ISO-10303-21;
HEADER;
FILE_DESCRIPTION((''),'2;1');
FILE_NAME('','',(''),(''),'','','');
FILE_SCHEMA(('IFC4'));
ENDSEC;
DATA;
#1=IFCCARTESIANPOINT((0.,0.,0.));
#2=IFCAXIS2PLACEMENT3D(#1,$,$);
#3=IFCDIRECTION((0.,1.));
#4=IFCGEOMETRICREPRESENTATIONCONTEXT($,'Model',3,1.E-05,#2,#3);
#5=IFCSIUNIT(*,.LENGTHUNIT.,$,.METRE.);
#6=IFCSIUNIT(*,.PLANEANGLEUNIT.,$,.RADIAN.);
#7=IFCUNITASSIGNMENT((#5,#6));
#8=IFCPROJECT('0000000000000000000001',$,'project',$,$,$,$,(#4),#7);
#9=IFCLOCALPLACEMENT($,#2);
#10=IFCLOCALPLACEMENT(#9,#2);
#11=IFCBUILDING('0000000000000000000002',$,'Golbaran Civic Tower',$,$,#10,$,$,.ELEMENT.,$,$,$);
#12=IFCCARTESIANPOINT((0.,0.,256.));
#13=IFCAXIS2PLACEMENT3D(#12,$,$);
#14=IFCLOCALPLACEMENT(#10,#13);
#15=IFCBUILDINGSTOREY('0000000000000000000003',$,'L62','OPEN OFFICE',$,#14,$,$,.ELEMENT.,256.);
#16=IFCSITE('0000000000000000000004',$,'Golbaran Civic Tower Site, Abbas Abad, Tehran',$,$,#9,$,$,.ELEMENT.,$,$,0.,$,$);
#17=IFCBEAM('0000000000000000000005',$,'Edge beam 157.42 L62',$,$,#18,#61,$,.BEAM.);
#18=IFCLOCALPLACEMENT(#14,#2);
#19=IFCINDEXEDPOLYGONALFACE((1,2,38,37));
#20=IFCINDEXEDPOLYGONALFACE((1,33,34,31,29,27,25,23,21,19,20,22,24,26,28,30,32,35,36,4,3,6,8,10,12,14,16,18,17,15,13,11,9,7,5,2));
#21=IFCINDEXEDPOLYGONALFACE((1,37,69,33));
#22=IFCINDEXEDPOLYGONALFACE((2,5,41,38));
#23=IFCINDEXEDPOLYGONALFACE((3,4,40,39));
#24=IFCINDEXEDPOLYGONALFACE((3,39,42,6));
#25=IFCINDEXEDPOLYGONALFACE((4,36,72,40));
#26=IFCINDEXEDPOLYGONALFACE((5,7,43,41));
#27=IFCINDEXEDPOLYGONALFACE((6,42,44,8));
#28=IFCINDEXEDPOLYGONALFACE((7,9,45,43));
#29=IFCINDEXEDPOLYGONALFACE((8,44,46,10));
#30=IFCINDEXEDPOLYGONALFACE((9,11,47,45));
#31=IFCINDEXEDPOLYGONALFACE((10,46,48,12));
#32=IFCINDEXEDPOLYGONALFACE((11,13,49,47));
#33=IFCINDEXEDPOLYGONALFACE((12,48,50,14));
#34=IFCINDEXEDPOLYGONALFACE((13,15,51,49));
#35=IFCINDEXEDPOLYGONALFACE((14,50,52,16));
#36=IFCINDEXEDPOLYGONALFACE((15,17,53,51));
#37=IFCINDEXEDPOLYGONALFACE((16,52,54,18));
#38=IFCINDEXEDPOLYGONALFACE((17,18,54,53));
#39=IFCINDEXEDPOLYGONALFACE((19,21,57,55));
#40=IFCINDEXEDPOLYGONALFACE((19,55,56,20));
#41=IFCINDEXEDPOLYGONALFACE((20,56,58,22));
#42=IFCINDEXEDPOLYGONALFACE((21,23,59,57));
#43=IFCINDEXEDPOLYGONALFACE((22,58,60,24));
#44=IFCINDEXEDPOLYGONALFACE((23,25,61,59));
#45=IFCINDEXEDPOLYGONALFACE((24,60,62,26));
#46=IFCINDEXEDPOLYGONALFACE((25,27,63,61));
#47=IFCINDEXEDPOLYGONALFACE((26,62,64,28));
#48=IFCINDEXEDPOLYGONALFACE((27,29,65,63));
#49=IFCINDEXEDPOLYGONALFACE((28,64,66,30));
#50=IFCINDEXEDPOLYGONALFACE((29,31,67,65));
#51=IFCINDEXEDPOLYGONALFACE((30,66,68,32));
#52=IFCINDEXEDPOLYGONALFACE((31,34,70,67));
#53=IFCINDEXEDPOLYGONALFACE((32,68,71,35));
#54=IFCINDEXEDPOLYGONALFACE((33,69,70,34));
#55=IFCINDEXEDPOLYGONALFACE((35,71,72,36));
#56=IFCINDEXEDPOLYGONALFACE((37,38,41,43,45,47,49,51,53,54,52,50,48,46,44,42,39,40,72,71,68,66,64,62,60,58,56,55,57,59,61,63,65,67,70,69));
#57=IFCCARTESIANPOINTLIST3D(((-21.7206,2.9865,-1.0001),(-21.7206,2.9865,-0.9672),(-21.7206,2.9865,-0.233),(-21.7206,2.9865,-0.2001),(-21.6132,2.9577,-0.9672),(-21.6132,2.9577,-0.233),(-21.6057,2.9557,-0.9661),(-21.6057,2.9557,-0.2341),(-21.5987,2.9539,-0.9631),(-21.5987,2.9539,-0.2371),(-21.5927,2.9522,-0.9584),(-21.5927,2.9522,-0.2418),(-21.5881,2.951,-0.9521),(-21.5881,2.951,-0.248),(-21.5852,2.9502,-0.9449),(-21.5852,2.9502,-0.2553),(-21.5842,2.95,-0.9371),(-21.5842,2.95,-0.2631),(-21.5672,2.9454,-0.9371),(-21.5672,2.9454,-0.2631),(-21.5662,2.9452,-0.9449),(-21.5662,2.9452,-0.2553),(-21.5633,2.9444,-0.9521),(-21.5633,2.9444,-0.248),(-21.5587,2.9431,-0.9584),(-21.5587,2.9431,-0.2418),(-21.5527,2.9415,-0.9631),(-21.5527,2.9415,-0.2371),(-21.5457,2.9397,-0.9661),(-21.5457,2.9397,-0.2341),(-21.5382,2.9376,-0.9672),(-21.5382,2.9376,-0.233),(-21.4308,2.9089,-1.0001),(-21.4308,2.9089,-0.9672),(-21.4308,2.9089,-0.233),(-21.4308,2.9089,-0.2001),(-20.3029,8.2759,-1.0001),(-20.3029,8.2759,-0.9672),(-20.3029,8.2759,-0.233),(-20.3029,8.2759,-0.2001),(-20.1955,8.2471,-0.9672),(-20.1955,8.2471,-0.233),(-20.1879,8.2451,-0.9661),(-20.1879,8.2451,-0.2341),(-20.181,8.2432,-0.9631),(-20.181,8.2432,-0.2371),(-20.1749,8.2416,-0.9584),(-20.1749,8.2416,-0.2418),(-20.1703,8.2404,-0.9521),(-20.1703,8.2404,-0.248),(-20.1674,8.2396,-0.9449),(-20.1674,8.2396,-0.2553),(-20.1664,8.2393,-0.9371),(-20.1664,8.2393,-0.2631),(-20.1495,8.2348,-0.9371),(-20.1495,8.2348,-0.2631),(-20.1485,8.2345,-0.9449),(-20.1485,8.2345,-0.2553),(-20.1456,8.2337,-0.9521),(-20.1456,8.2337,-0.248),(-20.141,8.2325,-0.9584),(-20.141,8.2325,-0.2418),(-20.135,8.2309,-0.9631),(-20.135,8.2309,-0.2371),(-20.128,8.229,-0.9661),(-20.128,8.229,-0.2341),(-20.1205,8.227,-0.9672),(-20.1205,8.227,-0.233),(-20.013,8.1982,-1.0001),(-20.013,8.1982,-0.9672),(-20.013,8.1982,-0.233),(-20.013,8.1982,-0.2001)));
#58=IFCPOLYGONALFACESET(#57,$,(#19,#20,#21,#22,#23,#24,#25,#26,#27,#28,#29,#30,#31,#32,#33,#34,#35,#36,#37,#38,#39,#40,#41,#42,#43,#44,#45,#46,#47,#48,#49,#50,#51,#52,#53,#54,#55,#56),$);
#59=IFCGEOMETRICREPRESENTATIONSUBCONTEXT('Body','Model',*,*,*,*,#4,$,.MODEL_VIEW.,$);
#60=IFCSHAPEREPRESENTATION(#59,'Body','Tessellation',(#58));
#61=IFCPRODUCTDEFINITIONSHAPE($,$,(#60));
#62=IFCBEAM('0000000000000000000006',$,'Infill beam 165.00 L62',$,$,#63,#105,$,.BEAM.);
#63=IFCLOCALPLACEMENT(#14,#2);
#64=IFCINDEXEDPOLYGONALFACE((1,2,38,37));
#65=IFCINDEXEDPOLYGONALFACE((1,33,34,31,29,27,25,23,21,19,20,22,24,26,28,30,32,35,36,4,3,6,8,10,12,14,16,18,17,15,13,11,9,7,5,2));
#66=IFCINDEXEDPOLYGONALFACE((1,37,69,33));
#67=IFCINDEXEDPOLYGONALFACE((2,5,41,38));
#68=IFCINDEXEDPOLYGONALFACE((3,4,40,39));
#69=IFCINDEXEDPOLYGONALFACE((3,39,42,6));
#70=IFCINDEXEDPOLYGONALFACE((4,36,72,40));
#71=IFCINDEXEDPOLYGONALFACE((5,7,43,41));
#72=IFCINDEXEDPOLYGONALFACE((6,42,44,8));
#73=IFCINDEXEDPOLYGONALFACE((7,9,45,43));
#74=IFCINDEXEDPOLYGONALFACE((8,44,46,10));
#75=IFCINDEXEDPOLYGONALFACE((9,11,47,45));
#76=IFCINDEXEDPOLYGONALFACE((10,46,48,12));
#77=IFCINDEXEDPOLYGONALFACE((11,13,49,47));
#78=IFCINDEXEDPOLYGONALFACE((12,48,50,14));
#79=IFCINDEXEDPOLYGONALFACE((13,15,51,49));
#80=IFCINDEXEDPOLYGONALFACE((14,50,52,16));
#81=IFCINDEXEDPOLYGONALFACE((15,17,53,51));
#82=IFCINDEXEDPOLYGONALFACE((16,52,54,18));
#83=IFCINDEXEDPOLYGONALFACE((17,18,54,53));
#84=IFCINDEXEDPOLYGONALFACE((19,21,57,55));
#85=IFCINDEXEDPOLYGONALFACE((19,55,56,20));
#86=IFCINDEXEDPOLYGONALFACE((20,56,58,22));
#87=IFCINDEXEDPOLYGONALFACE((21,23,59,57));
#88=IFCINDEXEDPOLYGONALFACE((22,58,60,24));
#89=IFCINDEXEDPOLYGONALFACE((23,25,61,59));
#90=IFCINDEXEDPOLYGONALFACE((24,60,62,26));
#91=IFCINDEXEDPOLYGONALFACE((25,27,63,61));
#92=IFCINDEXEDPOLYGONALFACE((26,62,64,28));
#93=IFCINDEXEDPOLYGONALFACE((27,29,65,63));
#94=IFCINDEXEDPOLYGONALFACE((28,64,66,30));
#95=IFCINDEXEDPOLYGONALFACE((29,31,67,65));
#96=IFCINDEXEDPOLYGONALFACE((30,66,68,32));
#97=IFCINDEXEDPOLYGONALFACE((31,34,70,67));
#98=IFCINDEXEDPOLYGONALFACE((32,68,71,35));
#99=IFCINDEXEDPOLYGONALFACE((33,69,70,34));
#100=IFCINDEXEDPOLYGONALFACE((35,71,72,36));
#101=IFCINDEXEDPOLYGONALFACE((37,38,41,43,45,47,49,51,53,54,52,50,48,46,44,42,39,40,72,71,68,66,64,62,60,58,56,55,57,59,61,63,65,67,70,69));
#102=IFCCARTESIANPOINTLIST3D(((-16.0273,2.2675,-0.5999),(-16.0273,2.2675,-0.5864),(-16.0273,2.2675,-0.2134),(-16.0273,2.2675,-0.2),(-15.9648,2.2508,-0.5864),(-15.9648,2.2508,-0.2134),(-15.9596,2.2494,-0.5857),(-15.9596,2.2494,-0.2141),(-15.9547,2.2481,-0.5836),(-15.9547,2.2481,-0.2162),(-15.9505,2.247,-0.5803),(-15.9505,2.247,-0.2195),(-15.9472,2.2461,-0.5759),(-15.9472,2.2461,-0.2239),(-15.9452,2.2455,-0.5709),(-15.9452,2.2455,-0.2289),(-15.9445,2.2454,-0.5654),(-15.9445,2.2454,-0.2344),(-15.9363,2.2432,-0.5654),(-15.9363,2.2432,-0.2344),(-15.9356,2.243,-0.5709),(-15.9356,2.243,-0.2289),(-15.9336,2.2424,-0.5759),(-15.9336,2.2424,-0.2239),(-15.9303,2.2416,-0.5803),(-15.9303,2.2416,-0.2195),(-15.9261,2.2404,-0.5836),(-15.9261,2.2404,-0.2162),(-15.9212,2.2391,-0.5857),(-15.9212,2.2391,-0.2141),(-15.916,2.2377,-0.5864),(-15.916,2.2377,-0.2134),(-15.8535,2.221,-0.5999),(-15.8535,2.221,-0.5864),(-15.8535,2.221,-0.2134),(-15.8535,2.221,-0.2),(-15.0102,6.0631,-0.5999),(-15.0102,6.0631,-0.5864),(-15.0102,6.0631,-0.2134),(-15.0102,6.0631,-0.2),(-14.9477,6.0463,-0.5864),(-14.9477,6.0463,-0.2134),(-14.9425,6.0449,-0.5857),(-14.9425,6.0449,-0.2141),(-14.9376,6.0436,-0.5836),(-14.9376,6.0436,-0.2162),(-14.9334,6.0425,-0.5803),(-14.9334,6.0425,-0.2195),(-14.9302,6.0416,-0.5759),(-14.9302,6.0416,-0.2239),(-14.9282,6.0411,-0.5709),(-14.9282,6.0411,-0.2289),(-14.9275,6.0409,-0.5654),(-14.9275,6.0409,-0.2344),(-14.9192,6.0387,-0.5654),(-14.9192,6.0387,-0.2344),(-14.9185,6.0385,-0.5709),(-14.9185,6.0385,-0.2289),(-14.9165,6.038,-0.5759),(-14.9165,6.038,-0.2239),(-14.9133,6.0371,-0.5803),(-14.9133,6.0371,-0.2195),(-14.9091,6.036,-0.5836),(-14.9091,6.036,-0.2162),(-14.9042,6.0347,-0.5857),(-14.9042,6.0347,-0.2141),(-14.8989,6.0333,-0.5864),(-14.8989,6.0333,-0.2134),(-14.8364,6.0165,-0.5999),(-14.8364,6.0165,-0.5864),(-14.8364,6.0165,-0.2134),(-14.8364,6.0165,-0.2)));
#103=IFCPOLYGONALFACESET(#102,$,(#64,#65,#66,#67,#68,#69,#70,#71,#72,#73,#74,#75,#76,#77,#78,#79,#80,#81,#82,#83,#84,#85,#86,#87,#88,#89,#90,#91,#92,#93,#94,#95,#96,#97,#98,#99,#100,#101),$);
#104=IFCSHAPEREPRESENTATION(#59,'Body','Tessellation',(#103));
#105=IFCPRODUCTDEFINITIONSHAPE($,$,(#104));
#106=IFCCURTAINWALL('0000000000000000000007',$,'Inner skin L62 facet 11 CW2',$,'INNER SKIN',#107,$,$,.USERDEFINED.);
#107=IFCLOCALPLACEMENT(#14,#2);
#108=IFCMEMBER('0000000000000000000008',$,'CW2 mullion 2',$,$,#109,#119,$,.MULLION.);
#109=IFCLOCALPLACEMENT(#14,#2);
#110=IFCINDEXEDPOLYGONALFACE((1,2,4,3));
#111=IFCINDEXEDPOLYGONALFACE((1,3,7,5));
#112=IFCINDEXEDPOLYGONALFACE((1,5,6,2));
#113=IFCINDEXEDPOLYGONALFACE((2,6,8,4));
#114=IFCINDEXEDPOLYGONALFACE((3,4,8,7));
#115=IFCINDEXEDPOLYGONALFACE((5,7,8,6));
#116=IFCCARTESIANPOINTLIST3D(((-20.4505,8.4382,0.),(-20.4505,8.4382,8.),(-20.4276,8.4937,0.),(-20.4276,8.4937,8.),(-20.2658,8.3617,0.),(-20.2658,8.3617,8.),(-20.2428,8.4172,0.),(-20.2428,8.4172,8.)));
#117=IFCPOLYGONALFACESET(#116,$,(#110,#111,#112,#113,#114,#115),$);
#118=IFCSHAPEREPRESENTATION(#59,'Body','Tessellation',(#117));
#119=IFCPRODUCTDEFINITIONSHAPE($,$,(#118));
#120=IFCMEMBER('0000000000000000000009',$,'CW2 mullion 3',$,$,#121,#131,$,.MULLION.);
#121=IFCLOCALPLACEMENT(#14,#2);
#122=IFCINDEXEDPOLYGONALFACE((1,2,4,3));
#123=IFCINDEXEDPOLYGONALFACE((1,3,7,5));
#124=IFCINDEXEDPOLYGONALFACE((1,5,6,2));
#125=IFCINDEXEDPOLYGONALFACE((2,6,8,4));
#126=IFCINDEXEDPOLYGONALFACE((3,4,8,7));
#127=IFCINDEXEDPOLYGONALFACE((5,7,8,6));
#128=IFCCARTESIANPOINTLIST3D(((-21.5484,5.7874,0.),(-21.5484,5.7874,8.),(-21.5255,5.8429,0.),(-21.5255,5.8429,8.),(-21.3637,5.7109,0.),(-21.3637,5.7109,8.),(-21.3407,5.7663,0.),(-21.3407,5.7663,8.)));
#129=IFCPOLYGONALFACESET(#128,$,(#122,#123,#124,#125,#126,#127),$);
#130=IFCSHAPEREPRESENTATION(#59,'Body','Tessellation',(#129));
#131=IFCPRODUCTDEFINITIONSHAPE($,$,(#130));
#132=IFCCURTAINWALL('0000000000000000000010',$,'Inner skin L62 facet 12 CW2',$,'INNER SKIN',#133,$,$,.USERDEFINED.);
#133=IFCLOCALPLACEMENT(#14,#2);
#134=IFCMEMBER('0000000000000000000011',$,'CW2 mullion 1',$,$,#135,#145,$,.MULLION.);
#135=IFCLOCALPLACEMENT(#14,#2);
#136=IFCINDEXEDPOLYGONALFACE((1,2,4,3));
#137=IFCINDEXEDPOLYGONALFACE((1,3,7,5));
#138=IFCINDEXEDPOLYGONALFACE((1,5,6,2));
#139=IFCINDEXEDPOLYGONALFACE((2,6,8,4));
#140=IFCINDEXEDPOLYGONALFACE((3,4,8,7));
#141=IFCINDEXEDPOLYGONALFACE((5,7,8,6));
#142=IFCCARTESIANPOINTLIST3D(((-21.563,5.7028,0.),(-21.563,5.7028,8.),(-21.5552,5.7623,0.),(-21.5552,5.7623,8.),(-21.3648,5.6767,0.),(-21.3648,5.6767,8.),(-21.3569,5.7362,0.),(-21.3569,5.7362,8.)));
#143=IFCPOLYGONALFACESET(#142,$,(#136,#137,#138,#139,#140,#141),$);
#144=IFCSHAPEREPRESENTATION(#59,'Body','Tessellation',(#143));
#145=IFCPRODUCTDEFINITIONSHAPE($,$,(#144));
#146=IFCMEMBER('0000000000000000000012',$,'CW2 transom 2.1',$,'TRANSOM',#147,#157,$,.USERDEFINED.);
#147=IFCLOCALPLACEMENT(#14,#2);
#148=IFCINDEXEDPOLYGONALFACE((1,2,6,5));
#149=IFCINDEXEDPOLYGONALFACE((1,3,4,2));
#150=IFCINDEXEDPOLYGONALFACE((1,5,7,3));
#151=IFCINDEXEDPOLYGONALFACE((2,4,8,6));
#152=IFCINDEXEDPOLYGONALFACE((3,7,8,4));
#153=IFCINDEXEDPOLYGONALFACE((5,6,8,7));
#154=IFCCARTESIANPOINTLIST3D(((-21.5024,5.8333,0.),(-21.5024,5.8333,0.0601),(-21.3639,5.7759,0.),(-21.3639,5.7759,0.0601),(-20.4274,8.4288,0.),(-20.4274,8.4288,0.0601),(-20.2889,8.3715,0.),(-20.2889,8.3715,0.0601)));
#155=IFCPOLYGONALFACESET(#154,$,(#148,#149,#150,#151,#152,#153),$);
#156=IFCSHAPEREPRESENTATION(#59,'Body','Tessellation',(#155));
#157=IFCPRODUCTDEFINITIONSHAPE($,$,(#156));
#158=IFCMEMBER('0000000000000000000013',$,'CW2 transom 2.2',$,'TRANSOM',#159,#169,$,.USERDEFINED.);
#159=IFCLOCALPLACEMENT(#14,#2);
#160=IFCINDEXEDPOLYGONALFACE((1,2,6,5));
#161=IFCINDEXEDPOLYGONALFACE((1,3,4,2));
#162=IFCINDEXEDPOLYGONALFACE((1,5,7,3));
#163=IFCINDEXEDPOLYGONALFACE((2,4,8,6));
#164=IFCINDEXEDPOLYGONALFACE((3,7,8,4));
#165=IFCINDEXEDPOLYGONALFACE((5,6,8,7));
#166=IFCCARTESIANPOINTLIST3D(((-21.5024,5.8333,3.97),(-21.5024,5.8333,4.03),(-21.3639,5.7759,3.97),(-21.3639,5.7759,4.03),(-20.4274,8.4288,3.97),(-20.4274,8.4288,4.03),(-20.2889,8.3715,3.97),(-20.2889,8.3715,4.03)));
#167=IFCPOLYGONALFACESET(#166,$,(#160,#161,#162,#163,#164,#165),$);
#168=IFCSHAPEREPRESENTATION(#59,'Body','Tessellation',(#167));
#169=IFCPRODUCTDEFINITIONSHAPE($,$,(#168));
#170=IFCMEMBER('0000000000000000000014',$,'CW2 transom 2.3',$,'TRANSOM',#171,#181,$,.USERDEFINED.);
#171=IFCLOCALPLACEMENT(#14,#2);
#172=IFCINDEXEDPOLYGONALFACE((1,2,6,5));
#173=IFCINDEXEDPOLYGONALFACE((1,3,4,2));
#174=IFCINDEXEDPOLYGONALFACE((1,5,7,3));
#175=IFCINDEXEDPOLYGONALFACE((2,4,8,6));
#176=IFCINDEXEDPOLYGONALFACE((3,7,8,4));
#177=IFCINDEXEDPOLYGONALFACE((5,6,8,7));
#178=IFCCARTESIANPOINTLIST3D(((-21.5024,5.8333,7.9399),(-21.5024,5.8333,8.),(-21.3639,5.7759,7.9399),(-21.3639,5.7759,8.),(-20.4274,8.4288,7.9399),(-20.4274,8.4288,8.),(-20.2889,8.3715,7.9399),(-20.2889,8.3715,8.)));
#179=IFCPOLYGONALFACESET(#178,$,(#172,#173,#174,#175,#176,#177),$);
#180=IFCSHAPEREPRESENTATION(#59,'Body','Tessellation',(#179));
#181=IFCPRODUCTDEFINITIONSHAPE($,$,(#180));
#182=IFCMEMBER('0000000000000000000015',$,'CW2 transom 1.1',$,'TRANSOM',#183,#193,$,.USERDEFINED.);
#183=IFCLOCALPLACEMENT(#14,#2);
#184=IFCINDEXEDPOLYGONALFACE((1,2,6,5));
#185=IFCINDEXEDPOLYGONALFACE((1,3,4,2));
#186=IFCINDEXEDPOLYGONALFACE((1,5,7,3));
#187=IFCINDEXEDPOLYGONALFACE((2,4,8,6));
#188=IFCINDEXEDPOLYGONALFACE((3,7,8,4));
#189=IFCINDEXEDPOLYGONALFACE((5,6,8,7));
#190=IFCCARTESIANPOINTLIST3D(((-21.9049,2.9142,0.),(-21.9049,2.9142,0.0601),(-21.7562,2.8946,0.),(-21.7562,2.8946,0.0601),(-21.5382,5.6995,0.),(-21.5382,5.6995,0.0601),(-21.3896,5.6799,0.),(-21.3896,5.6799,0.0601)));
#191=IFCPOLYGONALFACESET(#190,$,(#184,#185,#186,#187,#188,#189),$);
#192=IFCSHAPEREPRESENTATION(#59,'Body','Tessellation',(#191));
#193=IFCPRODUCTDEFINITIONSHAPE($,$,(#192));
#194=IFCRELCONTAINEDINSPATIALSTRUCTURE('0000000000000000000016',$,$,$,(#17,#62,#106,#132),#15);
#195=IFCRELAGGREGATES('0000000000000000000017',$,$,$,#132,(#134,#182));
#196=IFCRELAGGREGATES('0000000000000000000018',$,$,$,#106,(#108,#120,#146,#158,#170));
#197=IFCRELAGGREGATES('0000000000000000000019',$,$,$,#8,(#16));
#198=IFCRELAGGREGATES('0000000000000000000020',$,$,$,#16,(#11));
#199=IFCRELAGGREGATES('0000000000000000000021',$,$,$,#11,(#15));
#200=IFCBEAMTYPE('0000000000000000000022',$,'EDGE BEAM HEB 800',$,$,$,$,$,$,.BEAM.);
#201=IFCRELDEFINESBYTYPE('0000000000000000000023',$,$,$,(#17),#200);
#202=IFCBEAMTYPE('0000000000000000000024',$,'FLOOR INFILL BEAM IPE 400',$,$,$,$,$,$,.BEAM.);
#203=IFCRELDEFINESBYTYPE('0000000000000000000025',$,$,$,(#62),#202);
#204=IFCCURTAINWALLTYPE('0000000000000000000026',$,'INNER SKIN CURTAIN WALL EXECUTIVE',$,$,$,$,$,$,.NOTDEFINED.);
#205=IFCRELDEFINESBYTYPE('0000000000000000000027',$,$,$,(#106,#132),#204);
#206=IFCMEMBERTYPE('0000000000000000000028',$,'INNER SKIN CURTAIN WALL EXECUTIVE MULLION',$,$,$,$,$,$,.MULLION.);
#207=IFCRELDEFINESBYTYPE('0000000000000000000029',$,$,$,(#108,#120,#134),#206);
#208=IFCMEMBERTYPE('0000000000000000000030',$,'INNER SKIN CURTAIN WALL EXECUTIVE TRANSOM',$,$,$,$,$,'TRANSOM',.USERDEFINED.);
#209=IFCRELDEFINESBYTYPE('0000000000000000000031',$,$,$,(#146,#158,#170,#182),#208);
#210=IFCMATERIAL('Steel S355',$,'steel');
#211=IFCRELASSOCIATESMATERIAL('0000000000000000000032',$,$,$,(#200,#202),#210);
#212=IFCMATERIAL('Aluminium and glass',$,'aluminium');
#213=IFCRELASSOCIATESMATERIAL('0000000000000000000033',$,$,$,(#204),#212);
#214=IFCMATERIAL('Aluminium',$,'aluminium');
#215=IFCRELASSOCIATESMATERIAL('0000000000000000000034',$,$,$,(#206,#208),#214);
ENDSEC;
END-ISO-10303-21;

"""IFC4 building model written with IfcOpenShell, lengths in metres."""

from ifc_helpers import new_model, si_unit, direction, frame, origin, origin_2d, place, context, subcontext, project, spatial, rectangle, i_section, extrude, material, material_profile, profile_set, type_object, element, aggregate, save


model = new_model("IFC4")

# Units and contexts
model_context = context("Model", 3, precision=1e-05, world=origin(), true_north=direction((0.0, 1.0)))
body_context = subcontext(model_context, "Body", "Model", "MODEL_VIEW")
ifc_project = project(units=[si_unit("LENGTHUNIT", "METRE"), si_unit("PLANEANGLEUNIT", "RADIAN")], contexts=[model_context])

# Site, building, storey
site_placement = place(None, origin())
site = spatial("IfcSite", under=ifc_project, at=site_placement, Name="Golbaran Civic Tower Site, Abbas Abad, Tehran", CompositionType="ELEMENT", RefElevation=0.0)
building_placement = place(site_placement, origin())
building = spatial("IfcBuilding", under=site, at=building_placement, Name="Golbaran Civic Tower", CompositionType="ELEMENT")
storey_placement = place(building_placement, frame((0.0, 0.0, 256.0)))
storey = spatial("IfcBuildingStorey", under=building, at=storey_placement, Name="L62", Description="OPEN OFFICE", CompositionType="ELEMENT", Elevation=256.0)

# Beams
ifc_material_1 = material(Name="Steel S355", Category="steel")
ifc_material_profile_1 = material_profile(ifc_material_1, i_section(OverallWidth=0.3, OverallDepth=0.8, WebThickness=0.0176, FlangeThickness=0.033, FilletRadius=0.03, at=origin_2d()), Name="HEB 800")
ifc_profile_set_1 = profile_set([ifc_material_profile_1], Name="Steel S355")
beam_type_1 = type_object("IfcBeamType", Name="EDGE BEAM HEB 800", PredefinedType="BEAM", material=ifc_profile_set_1)
beam_1_placement = place(storey_placement, frame((-20.158, 8.2371, -0.6001), z_axis=(-0.258897, -0.965905, 0.0), x_axis=(0.965905, -0.258897, 0.0)))
element("IfcBeam", 1, at=beam_1_placement, inside=storey, type_object=beam_type_1, Name="Edge beam 157.42 L62", PredefinedType="BEAM", context=body_context, shape_type="SweptSolid", body=[
    extrude(i_section(OverallWidth=0.3, OverallDepth=0.8, WebThickness=0.0176, FlangeThickness=0.033, FilletRadius=0.03, at=origin_2d()), origin(), (0.0, 0.0, 1.0), 5.4761),
])
ifc_material_profile_2 = material_profile(ifc_material_1, i_section(OverallWidth=0.1799, OverallDepth=0.3999, WebThickness=0.0085, FlangeThickness=0.0134, FilletRadius=0.021, at=origin_2d()), Name="IPE 400")
ifc_profile_set_2 = profile_set([ifc_material_profile_2], Name="Steel S355")
beam_type_2 = type_object("IfcBeamType", Name="FLOOR INFILL BEAM IPE 400", PredefinedType="BEAM", material=ifc_profile_set_2)
beam_2_placement = place(storey_placement, frame((-14.9233, 6.0398, -0.3999), z_axis=(-0.25883, -0.965923, 0.0), x_axis=(0.965923, -0.25883, 0.0)))
element("IfcBeam", 2, at=beam_2_placement, inside=storey, type_object=beam_type_2, Name="Infill beam 165.00 L62", PredefinedType="BEAM", context=body_context, shape_type="SweptSolid", body=[
    extrude(i_section(OverallWidth=0.1799, OverallDepth=0.3999, WebThickness=0.0085, FlangeThickness=0.0134, FilletRadius=0.021, at=origin_2d()), origin(), (0.0, 0.0, 1.0), 3.9294),
])

# Curtain wall, members
ifc_material_2 = material(Name="Aluminium and glass", Category="aluminium")
curtain_wall_type = type_object("IfcCurtainWallType", Name="INNER SKIN CURTAIN WALL EXECUTIVE", PredefinedType="NOTDEFINED", material=ifc_material_2)
curtain_wall_1_placement = place(storey_placement, origin())
curtain_wall_1 = element("IfcCurtainWall", 3, at=curtain_wall_1_placement, inside=storey, type_object=curtain_wall_type, Name="Inner skin L62 facet 11 CW2", ObjectType="INNER SKIN", PredefinedType="USERDEFINED")
ifc_material_3 = material(Name="Aluminium", Category="aluminium")
ifc_material_profile_3 = material_profile(ifc_material_3, rectangle(XDim=0.2, YDim=0.0601, at=origin_2d()), Name="INNER SKIN CURTAIN WALL EXECUTIVE MULLION")
ifc_profile_set_3 = profile_set([ifc_material_profile_3], Name="Aluminium")
member_type_1 = type_object("IfcMemberType", Name="INNER SKIN CURTAIN WALL EXECUTIVE MULLION", PredefinedType="MULLION", material=ifc_profile_set_3)
member_1_placement = place(storey_placement, frame((-20.3467, 8.4277, 0.0), z_axis=(0.0, 0.0, 1.0), x_axis=(0.92388, -0.382683, 0.0)))
member_1 = element("IfcMember", 4, at=member_1_placement, type_object=member_type_1, Name="CW2 mullion 2", PredefinedType="MULLION", context=body_context, shape_type="SweptSolid", body=[
    extrude(rectangle(XDim=0.2, YDim=0.0601, at=origin_2d()), origin(), (0.0, 0.0, 1.0), 8.0),
])
member_2_placement = place(storey_placement, frame((-21.4446, 5.7769, 0.0), z_axis=(0.0, 0.0, 1.0), x_axis=(0.92388, -0.382683, 0.0)))
member_2 = element("IfcMember", 5, at=member_2_placement, type_object=member_type_1, Name="CW2 mullion 3", PredefinedType="MULLION", context=body_context, shape_type="SweptSolid", body=[
    extrude(rectangle(XDim=0.2, YDim=0.0601, at=origin_2d()), origin(), (0.0, 0.0, 1.0), 8.0),
])

# Curtain wall, member
curtain_wall_2_placement = place(storey_placement, origin())
curtain_wall_2 = element("IfcCurtainWall", 6, at=curtain_wall_2_placement, inside=storey, type_object=curtain_wall_type, Name="Inner skin L62 facet 12 CW2", ObjectType="INNER SKIN", PredefinedType="USERDEFINED")
member_3_placement = place(storey_placement, frame((-21.46, 5.7195, 0.0), z_axis=(0.0, 0.0, 1.0), x_axis=(0.991445, -0.130526, 0.0)))
member_3 = element("IfcMember", 7, at=member_3_placement, type_object=member_type_1, Name="CW2 mullion 1", PredefinedType="MULLION", context=body_context, shape_type="SweptSolid", body=[
    extrude(rectangle(XDim=0.2, YDim=0.0601, at=origin_2d()), origin(), (0.0, 0.0, 1.0), 8.0),
])

# Members
ifc_material_profile_4 = material_profile(ifc_material_3, rectangle(XDim=0.1499, YDim=0.0601, at=origin_2d()), Name="INNER SKIN CURTAIN WALL EXECUTIVE TRANSOM")
ifc_profile_set_4 = profile_set([ifc_material_profile_4], Name="Aluminium")
member_type_2 = type_object("IfcMemberType", Name="INNER SKIN CURTAIN WALL EXECUTIVE TRANSOM", ElementType="TRANSOM", PredefinedType="USERDEFINED", material=ifc_profile_set_4)
member_4_placement = place(storey_placement, frame((-20.3582, 8.4001, 0.03), z_axis=(-0.382646, -0.923895, 0.0), x_axis=(0.923895, -0.382646, 0.0)))
member_4 = element("IfcMember", 8, at=member_4_placement, type_object=member_type_2, Name="CW2 transom 2.1", ObjectType="TRANSOM", PredefinedType="USERDEFINED", context=body_context, shape_type="SweptSolid", body=[
    extrude(rectangle(XDim=0.1499, YDim=0.0601, at=origin_2d()), origin(), (0.0, 0.0, 1.0), 2.8093),
])
member_5_placement = place(storey_placement, frame((-20.3582, 8.4001, 4.0), z_axis=(-0.382646, -0.923895, 0.0), x_axis=(0.923895, -0.382646, 0.0)))
member_5 = element("IfcMember", 9, at=member_5_placement, type_object=member_type_2, Name="CW2 transom 2.2", ObjectType="TRANSOM", PredefinedType="USERDEFINED", context=body_context, shape_type="SweptSolid", body=[
    extrude(rectangle(XDim=0.1499, YDim=0.0601, at=origin_2d()), origin(), (0.0, 0.0, 1.0), 2.8093),
])
member_6_placement = place(storey_placement, frame((-20.3582, 8.4001, 7.97), z_axis=(-0.382646, -0.923895, 0.0), x_axis=(0.923895, -0.382646, 0.0)))
member_6 = element("IfcMember", 10, at=member_6_placement, type_object=member_type_2, Name="CW2 transom 2.3", ObjectType="TRANSOM", PredefinedType="USERDEFINED", context=body_context, shape_type="SweptSolid", body=[
    extrude(rectangle(XDim=0.1499, YDim=0.0601, at=origin_2d()), origin(), (0.0, 0.0, 1.0), 2.8093),
])
member_7_placement = place(storey_placement, frame((-21.4639, 5.6897, 0.03), z_axis=(-0.130524, -0.991445, 0.0), x_axis=(0.991445, -0.130524, 0.0)))
member_7 = element("IfcMember", 11, at=member_7_placement, type_object=member_type_2, Name="CW2 transom 1.1", ObjectType="TRANSOM", PredefinedType="USERDEFINED", context=body_context, shape_type="SweptSolid", body=[
    extrude(rectangle(XDim=0.1499, YDim=0.0601, at=origin_2d()), origin(), (0.0, 0.0, 1.0), 2.8093),
])
aggregate(curtain_wall_2, [member_3, member_7])

aggregate(curtain_wall_1, [member_1, member_2, member_4, member_5, member_6])

save(model, "model.ifc")
